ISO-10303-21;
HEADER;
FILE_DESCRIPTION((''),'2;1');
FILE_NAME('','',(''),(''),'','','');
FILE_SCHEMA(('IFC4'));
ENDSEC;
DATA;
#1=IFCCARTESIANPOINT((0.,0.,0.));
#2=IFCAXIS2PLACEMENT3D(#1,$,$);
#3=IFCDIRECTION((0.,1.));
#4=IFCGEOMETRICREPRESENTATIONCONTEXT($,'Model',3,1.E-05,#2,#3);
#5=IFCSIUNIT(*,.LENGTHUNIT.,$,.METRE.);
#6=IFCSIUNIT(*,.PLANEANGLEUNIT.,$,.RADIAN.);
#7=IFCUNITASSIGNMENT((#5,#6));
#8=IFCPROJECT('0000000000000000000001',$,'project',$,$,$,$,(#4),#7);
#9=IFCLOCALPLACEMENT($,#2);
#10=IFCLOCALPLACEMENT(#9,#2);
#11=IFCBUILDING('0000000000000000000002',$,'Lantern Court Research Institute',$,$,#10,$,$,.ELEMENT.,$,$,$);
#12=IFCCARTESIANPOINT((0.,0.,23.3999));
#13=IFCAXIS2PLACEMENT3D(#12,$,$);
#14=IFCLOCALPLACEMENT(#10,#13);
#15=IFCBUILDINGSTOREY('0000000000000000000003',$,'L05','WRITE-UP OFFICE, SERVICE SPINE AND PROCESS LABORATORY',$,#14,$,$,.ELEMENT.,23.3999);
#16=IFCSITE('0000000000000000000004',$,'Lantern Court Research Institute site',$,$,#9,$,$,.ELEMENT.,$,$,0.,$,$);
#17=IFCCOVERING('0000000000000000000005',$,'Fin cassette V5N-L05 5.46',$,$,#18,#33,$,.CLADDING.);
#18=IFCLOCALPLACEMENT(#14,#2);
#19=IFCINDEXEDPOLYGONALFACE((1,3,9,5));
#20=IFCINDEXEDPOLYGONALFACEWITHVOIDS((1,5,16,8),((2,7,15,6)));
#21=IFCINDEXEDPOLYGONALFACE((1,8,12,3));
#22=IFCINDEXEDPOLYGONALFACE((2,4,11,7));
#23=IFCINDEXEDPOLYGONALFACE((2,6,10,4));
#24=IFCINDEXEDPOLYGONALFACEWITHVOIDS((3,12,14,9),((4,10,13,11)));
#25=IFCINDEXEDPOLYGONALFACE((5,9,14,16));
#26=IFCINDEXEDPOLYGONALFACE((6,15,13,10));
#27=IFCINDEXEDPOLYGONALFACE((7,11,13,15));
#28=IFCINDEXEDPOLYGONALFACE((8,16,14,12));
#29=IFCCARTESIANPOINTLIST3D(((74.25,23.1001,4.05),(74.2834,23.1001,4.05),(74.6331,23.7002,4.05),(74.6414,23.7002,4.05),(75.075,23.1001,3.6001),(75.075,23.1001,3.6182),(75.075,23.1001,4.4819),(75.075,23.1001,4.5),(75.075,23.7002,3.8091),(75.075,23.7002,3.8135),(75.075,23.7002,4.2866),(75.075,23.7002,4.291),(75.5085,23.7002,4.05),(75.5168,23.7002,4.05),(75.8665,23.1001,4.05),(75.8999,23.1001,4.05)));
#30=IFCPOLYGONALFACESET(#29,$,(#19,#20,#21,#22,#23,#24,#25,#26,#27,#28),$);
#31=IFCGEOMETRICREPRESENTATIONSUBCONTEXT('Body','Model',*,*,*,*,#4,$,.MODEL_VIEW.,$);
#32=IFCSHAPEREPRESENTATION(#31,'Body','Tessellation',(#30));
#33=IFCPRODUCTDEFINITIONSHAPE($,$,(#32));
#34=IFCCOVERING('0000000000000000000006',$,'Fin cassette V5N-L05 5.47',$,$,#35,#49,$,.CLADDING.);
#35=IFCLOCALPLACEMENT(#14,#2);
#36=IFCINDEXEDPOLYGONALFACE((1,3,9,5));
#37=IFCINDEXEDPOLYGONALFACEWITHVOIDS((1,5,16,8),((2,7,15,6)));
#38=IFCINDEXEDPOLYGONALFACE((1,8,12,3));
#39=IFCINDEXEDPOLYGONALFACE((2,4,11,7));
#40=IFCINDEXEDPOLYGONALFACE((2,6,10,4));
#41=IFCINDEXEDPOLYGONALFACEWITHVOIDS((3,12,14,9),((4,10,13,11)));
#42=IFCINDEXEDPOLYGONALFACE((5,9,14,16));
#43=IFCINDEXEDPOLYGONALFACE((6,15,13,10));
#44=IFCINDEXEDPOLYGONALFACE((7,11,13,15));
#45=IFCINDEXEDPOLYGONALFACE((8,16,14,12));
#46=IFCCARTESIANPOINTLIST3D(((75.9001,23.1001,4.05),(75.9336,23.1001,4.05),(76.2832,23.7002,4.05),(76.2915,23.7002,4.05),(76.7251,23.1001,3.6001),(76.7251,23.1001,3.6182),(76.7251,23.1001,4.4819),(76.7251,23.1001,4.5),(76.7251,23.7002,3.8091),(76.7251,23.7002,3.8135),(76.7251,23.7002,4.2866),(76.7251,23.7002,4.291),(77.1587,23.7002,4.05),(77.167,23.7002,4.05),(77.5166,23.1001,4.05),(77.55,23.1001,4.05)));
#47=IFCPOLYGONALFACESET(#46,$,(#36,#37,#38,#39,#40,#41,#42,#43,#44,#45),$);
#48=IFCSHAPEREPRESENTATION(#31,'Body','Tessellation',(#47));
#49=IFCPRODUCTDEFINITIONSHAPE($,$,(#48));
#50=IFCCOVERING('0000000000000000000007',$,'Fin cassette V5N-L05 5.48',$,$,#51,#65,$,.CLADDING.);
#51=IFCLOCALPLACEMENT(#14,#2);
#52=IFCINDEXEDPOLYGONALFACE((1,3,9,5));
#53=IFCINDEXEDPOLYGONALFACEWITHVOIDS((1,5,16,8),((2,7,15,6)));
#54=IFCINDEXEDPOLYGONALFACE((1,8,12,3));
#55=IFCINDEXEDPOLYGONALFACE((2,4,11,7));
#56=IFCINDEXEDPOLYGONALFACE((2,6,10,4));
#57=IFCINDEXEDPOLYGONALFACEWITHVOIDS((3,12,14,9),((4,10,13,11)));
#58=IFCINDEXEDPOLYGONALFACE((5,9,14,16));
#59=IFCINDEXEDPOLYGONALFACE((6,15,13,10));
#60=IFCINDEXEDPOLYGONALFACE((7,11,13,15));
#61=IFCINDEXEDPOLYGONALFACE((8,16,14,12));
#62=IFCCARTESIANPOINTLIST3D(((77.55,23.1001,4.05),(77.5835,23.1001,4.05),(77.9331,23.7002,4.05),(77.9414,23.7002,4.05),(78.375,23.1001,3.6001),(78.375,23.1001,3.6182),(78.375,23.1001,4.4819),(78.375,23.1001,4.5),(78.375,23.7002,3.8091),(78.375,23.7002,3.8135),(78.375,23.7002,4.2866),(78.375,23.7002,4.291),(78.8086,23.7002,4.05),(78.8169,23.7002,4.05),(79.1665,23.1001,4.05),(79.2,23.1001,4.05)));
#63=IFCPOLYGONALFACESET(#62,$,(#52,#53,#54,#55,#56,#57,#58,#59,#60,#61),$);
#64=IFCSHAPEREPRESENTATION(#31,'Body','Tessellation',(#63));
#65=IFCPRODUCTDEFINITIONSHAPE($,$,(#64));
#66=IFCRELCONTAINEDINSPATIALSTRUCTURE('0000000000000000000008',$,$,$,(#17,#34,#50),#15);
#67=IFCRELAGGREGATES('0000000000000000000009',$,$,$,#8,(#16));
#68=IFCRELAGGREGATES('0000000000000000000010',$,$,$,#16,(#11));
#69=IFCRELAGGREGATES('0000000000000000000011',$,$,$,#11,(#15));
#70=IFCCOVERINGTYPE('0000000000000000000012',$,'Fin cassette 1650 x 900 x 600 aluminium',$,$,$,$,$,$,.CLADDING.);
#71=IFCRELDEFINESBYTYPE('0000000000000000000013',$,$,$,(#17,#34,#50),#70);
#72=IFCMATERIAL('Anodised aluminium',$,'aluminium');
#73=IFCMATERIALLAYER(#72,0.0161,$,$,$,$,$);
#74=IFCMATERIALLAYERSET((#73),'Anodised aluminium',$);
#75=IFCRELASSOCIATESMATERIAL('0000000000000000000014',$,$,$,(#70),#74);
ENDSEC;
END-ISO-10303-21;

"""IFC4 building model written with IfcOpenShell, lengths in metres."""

from ifc_helpers import new_model, entity, si_unit, direction, frame, origin, place, context, subcontext, project, spatial, material, layer, layer_set, type_object, element, save


model = new_model("IFC4")

# Units and contexts
model_context = context("Model", 3, precision=1e-05, world=origin(), true_north=direction((0.0, 1.0)))
body_context = subcontext(model_context, "Body", "Model", "MODEL_VIEW")
ifc_project = project(units=[si_unit("LENGTHUNIT", "METRE"), si_unit("PLANEANGLEUNIT", "RADIAN")], contexts=[model_context])

# Site, building, storey
site_placement = place(None, origin())
site = spatial("IfcSite", under=ifc_project, at=site_placement, Name="Lantern Court Research Institute site", CompositionType="ELEMENT", RefElevation=0.0)
building_placement = place(site_placement, origin())
building = spatial("IfcBuilding", under=site, at=building_placement, Name="Lantern Court Research Institute", CompositionType="ELEMENT")
storey_placement = place(building_placement, frame((0.0, 0.0, 23.3999)))
storey = spatial("IfcBuildingStorey", under=building, at=storey_placement, Name="L05", Description="WRITE-UP OFFICE, SERVICE SPINE AND PROCESS LABORATORY", CompositionType="ELEMENT", Elevation=23.3999)

# Coverings
ifc_material = material(Name="Anodised aluminium", Category="aluminium")
ifc_layer = layer(ifc_material, 0.0161)
ifc_layer_set = layer_set([ifc_layer], Name="Anodised aluminium")
covering_type = type_object("IfcCoveringType", Name="Fin cassette 1650 x 900 x 600 aluminium", PredefinedType="CLADDING", material=ifc_layer_set)
covering_1_placement = place(storey_placement, frame((75.075, 23.1001, 4.05), z_axis=(0.0, 1.0, 0.0), x_axis=(-1.0, 0.0, 0.0)))
cartesian_point_1 = entity("IfcCartesianPoint", [0.825, 0.0])
cartesian_point_2 = entity("IfcCartesianPoint", [0.7915, 0.0])
cartesian_point_3 = entity("IfcCartesianPoint", [0.4419, 0.0])
cartesian_point_4 = entity("IfcCartesianPoint", [0.4336, 0.0])
element("IfcCovering", 1, at=covering_1_placement, inside=storey, type_object=covering_type, Name="Fin cassette V5N-L05 5.46", PredefinedType="CLADDING", context=body_context, shape_type="SweptSolid", body=[
    entity("IfcExtrudedAreaSolidTapered", entity("IfcArbitraryProfileDefWithVoids", "AREA", None, entity("IfcPolyline", [cartesian_point_1, entity("IfcCartesianPoint", [0.0, 0.45]), entity("IfcCartesianPoint", [-0.825, 0.0]), entity("IfcCartesianPoint", [0.0, -0.45]), cartesian_point_1]), [entity("IfcPolyline", [cartesian_point_2, entity("IfcCartesianPoint", [0.0, 0.4319]), entity("IfcCartesianPoint", [-0.7915, 0.0]), entity("IfcCartesianPoint", [0.0, -0.4319]), cartesian_point_2])]), entity("IfcAxis2Placement3D", entity("IfcCartesianPoint", [0.0, 0.0, 0.0])), entity("IfcDirection", [0.0, 0.0, 1.0]), 0.6001, entity("IfcArbitraryProfileDefWithVoids", "AREA", None, entity("IfcPolyline", [cartesian_point_3, entity("IfcCartesianPoint", [0.0, 0.241]), entity("IfcCartesianPoint", [-0.4419, 0.0]), entity("IfcCartesianPoint", [0.0, -0.241]), cartesian_point_3]), [entity("IfcPolyline", [cartesian_point_4, entity("IfcCartesianPoint", [0.0, 0.2366]), entity("IfcCartesianPoint", [-0.4336, 0.0]), entity("IfcCartesianPoint", [0.0, -0.2366]), cartesian_point_4])])),
])
covering_2_placement = place(storey_placement, frame((76.7251, 23.1001, 4.05), z_axis=(0.0, 1.0, 0.0), x_axis=(-1.0, 0.0, 0.0)))
cartesian_point_5 = entity("IfcCartesianPoint", [0.825, 0.0])
cartesian_point_6 = entity("IfcCartesianPoint", [0.7915, 0.0])
cartesian_point_7 = entity("IfcCartesianPoint", [0.4419, 0.0])
cartesian_point_8 = entity("IfcCartesianPoint", [0.4336, 0.0])
element("IfcCovering", 2, at=covering_2_placement, inside=storey, type_object=covering_type, Name="Fin cassette V5N-L05 5.47", PredefinedType="CLADDING", context=body_context, shape_type="SweptSolid", body=[
    entity("IfcExtrudedAreaSolidTapered", entity("IfcArbitraryProfileDefWithVoids", "AREA", None, entity("IfcPolyline", [cartesian_point_5, entity("IfcCartesianPoint", [0.0, 0.45]), entity("IfcCartesianPoint", [-0.825, 0.0]), entity("IfcCartesianPoint", [0.0, -0.45]), cartesian_point_5]), [entity("IfcPolyline", [cartesian_point_6, entity("IfcCartesianPoint", [0.0, 0.4319]), entity("IfcCartesianPoint", [-0.7915, 0.0]), entity("IfcCartesianPoint", [0.0, -0.4319]), cartesian_point_6])]), entity("IfcAxis2Placement3D", entity("IfcCartesianPoint", [0.0, 0.0, 0.0])), entity("IfcDirection", [0.0, 0.0, 1.0]), 0.6001, entity("IfcArbitraryProfileDefWithVoids", "AREA", None, entity("IfcPolyline", [cartesian_point_7, entity("IfcCartesianPoint", [0.0, 0.241]), entity("IfcCartesianPoint", [-0.4419, 0.0]), entity("IfcCartesianPoint", [0.0, -0.241]), cartesian_point_7]), [entity("IfcPolyline", [cartesian_point_8, entity("IfcCartesianPoint", [0.0, 0.2366]), entity("IfcCartesianPoint", [-0.4336, 0.0]), entity("IfcCartesianPoint", [0.0, -0.2366]), cartesian_point_8])])),
])
covering_3_placement = place(storey_placement, frame((78.375, 23.1001, 4.05), z_axis=(0.0, 1.0, 0.0), x_axis=(-1.0, 0.0, 0.0)))
cartesian_point_9 = entity("IfcCartesianPoint", [0.825, 0.0])
cartesian_point_10 = entity("IfcCartesianPoint", [0.7915, 0.0])
cartesian_point_11 = entity("IfcCartesianPoint", [0.4419, 0.0])
cartesian_point_12 = entity("IfcCartesianPoint", [0.4336, 0.0])
element("IfcCovering", 3, at=covering_3_placement, inside=storey, type_object=covering_type, Name="Fin cassette V5N-L05 5.48", PredefinedType="CLADDING", context=body_context, shape_type="SweptSolid", body=[
    entity("IfcExtrudedAreaSolidTapered", entity("IfcArbitraryProfileDefWithVoids", "AREA", None, entity("IfcPolyline", [cartesian_point_9, entity("IfcCartesianPoint", [0.0, 0.45]), entity("IfcCartesianPoint", [-0.825, 0.0]), entity("IfcCartesianPoint", [0.0, -0.45]), cartesian_point_9]), [entity("IfcPolyline", [cartesian_point_10, entity("IfcCartesianPoint", [0.0, 0.4319]), entity("IfcCartesianPoint", [-0.7915, 0.0]), entity("IfcCartesianPoint", [0.0, -0.4319]), cartesian_point_10])]), entity("IfcAxis2Placement3D", entity("IfcCartesianPoint", [0.0, 0.0, 0.0])), entity("IfcDirection", [0.0, 0.0, 1.0]), 0.6001, entity("IfcArbitraryProfileDefWithVoids", "AREA", None, entity("IfcPolyline", [cartesian_point_11, entity("IfcCartesianPoint", [0.0, 0.241]), entity("IfcCartesianPoint", [-0.4419, 0.0]), entity("IfcCartesianPoint", [0.0, -0.241]), cartesian_point_11]), [entity("IfcPolyline", [cartesian_point_12, entity("IfcCartesianPoint", [0.0, 0.2366]), entity("IfcCartesianPoint", [-0.4336, 0.0]), entity("IfcCartesianPoint", [0.0, -0.2366]), cartesian_point_12])])),
])

save(model, "model.ifc")
